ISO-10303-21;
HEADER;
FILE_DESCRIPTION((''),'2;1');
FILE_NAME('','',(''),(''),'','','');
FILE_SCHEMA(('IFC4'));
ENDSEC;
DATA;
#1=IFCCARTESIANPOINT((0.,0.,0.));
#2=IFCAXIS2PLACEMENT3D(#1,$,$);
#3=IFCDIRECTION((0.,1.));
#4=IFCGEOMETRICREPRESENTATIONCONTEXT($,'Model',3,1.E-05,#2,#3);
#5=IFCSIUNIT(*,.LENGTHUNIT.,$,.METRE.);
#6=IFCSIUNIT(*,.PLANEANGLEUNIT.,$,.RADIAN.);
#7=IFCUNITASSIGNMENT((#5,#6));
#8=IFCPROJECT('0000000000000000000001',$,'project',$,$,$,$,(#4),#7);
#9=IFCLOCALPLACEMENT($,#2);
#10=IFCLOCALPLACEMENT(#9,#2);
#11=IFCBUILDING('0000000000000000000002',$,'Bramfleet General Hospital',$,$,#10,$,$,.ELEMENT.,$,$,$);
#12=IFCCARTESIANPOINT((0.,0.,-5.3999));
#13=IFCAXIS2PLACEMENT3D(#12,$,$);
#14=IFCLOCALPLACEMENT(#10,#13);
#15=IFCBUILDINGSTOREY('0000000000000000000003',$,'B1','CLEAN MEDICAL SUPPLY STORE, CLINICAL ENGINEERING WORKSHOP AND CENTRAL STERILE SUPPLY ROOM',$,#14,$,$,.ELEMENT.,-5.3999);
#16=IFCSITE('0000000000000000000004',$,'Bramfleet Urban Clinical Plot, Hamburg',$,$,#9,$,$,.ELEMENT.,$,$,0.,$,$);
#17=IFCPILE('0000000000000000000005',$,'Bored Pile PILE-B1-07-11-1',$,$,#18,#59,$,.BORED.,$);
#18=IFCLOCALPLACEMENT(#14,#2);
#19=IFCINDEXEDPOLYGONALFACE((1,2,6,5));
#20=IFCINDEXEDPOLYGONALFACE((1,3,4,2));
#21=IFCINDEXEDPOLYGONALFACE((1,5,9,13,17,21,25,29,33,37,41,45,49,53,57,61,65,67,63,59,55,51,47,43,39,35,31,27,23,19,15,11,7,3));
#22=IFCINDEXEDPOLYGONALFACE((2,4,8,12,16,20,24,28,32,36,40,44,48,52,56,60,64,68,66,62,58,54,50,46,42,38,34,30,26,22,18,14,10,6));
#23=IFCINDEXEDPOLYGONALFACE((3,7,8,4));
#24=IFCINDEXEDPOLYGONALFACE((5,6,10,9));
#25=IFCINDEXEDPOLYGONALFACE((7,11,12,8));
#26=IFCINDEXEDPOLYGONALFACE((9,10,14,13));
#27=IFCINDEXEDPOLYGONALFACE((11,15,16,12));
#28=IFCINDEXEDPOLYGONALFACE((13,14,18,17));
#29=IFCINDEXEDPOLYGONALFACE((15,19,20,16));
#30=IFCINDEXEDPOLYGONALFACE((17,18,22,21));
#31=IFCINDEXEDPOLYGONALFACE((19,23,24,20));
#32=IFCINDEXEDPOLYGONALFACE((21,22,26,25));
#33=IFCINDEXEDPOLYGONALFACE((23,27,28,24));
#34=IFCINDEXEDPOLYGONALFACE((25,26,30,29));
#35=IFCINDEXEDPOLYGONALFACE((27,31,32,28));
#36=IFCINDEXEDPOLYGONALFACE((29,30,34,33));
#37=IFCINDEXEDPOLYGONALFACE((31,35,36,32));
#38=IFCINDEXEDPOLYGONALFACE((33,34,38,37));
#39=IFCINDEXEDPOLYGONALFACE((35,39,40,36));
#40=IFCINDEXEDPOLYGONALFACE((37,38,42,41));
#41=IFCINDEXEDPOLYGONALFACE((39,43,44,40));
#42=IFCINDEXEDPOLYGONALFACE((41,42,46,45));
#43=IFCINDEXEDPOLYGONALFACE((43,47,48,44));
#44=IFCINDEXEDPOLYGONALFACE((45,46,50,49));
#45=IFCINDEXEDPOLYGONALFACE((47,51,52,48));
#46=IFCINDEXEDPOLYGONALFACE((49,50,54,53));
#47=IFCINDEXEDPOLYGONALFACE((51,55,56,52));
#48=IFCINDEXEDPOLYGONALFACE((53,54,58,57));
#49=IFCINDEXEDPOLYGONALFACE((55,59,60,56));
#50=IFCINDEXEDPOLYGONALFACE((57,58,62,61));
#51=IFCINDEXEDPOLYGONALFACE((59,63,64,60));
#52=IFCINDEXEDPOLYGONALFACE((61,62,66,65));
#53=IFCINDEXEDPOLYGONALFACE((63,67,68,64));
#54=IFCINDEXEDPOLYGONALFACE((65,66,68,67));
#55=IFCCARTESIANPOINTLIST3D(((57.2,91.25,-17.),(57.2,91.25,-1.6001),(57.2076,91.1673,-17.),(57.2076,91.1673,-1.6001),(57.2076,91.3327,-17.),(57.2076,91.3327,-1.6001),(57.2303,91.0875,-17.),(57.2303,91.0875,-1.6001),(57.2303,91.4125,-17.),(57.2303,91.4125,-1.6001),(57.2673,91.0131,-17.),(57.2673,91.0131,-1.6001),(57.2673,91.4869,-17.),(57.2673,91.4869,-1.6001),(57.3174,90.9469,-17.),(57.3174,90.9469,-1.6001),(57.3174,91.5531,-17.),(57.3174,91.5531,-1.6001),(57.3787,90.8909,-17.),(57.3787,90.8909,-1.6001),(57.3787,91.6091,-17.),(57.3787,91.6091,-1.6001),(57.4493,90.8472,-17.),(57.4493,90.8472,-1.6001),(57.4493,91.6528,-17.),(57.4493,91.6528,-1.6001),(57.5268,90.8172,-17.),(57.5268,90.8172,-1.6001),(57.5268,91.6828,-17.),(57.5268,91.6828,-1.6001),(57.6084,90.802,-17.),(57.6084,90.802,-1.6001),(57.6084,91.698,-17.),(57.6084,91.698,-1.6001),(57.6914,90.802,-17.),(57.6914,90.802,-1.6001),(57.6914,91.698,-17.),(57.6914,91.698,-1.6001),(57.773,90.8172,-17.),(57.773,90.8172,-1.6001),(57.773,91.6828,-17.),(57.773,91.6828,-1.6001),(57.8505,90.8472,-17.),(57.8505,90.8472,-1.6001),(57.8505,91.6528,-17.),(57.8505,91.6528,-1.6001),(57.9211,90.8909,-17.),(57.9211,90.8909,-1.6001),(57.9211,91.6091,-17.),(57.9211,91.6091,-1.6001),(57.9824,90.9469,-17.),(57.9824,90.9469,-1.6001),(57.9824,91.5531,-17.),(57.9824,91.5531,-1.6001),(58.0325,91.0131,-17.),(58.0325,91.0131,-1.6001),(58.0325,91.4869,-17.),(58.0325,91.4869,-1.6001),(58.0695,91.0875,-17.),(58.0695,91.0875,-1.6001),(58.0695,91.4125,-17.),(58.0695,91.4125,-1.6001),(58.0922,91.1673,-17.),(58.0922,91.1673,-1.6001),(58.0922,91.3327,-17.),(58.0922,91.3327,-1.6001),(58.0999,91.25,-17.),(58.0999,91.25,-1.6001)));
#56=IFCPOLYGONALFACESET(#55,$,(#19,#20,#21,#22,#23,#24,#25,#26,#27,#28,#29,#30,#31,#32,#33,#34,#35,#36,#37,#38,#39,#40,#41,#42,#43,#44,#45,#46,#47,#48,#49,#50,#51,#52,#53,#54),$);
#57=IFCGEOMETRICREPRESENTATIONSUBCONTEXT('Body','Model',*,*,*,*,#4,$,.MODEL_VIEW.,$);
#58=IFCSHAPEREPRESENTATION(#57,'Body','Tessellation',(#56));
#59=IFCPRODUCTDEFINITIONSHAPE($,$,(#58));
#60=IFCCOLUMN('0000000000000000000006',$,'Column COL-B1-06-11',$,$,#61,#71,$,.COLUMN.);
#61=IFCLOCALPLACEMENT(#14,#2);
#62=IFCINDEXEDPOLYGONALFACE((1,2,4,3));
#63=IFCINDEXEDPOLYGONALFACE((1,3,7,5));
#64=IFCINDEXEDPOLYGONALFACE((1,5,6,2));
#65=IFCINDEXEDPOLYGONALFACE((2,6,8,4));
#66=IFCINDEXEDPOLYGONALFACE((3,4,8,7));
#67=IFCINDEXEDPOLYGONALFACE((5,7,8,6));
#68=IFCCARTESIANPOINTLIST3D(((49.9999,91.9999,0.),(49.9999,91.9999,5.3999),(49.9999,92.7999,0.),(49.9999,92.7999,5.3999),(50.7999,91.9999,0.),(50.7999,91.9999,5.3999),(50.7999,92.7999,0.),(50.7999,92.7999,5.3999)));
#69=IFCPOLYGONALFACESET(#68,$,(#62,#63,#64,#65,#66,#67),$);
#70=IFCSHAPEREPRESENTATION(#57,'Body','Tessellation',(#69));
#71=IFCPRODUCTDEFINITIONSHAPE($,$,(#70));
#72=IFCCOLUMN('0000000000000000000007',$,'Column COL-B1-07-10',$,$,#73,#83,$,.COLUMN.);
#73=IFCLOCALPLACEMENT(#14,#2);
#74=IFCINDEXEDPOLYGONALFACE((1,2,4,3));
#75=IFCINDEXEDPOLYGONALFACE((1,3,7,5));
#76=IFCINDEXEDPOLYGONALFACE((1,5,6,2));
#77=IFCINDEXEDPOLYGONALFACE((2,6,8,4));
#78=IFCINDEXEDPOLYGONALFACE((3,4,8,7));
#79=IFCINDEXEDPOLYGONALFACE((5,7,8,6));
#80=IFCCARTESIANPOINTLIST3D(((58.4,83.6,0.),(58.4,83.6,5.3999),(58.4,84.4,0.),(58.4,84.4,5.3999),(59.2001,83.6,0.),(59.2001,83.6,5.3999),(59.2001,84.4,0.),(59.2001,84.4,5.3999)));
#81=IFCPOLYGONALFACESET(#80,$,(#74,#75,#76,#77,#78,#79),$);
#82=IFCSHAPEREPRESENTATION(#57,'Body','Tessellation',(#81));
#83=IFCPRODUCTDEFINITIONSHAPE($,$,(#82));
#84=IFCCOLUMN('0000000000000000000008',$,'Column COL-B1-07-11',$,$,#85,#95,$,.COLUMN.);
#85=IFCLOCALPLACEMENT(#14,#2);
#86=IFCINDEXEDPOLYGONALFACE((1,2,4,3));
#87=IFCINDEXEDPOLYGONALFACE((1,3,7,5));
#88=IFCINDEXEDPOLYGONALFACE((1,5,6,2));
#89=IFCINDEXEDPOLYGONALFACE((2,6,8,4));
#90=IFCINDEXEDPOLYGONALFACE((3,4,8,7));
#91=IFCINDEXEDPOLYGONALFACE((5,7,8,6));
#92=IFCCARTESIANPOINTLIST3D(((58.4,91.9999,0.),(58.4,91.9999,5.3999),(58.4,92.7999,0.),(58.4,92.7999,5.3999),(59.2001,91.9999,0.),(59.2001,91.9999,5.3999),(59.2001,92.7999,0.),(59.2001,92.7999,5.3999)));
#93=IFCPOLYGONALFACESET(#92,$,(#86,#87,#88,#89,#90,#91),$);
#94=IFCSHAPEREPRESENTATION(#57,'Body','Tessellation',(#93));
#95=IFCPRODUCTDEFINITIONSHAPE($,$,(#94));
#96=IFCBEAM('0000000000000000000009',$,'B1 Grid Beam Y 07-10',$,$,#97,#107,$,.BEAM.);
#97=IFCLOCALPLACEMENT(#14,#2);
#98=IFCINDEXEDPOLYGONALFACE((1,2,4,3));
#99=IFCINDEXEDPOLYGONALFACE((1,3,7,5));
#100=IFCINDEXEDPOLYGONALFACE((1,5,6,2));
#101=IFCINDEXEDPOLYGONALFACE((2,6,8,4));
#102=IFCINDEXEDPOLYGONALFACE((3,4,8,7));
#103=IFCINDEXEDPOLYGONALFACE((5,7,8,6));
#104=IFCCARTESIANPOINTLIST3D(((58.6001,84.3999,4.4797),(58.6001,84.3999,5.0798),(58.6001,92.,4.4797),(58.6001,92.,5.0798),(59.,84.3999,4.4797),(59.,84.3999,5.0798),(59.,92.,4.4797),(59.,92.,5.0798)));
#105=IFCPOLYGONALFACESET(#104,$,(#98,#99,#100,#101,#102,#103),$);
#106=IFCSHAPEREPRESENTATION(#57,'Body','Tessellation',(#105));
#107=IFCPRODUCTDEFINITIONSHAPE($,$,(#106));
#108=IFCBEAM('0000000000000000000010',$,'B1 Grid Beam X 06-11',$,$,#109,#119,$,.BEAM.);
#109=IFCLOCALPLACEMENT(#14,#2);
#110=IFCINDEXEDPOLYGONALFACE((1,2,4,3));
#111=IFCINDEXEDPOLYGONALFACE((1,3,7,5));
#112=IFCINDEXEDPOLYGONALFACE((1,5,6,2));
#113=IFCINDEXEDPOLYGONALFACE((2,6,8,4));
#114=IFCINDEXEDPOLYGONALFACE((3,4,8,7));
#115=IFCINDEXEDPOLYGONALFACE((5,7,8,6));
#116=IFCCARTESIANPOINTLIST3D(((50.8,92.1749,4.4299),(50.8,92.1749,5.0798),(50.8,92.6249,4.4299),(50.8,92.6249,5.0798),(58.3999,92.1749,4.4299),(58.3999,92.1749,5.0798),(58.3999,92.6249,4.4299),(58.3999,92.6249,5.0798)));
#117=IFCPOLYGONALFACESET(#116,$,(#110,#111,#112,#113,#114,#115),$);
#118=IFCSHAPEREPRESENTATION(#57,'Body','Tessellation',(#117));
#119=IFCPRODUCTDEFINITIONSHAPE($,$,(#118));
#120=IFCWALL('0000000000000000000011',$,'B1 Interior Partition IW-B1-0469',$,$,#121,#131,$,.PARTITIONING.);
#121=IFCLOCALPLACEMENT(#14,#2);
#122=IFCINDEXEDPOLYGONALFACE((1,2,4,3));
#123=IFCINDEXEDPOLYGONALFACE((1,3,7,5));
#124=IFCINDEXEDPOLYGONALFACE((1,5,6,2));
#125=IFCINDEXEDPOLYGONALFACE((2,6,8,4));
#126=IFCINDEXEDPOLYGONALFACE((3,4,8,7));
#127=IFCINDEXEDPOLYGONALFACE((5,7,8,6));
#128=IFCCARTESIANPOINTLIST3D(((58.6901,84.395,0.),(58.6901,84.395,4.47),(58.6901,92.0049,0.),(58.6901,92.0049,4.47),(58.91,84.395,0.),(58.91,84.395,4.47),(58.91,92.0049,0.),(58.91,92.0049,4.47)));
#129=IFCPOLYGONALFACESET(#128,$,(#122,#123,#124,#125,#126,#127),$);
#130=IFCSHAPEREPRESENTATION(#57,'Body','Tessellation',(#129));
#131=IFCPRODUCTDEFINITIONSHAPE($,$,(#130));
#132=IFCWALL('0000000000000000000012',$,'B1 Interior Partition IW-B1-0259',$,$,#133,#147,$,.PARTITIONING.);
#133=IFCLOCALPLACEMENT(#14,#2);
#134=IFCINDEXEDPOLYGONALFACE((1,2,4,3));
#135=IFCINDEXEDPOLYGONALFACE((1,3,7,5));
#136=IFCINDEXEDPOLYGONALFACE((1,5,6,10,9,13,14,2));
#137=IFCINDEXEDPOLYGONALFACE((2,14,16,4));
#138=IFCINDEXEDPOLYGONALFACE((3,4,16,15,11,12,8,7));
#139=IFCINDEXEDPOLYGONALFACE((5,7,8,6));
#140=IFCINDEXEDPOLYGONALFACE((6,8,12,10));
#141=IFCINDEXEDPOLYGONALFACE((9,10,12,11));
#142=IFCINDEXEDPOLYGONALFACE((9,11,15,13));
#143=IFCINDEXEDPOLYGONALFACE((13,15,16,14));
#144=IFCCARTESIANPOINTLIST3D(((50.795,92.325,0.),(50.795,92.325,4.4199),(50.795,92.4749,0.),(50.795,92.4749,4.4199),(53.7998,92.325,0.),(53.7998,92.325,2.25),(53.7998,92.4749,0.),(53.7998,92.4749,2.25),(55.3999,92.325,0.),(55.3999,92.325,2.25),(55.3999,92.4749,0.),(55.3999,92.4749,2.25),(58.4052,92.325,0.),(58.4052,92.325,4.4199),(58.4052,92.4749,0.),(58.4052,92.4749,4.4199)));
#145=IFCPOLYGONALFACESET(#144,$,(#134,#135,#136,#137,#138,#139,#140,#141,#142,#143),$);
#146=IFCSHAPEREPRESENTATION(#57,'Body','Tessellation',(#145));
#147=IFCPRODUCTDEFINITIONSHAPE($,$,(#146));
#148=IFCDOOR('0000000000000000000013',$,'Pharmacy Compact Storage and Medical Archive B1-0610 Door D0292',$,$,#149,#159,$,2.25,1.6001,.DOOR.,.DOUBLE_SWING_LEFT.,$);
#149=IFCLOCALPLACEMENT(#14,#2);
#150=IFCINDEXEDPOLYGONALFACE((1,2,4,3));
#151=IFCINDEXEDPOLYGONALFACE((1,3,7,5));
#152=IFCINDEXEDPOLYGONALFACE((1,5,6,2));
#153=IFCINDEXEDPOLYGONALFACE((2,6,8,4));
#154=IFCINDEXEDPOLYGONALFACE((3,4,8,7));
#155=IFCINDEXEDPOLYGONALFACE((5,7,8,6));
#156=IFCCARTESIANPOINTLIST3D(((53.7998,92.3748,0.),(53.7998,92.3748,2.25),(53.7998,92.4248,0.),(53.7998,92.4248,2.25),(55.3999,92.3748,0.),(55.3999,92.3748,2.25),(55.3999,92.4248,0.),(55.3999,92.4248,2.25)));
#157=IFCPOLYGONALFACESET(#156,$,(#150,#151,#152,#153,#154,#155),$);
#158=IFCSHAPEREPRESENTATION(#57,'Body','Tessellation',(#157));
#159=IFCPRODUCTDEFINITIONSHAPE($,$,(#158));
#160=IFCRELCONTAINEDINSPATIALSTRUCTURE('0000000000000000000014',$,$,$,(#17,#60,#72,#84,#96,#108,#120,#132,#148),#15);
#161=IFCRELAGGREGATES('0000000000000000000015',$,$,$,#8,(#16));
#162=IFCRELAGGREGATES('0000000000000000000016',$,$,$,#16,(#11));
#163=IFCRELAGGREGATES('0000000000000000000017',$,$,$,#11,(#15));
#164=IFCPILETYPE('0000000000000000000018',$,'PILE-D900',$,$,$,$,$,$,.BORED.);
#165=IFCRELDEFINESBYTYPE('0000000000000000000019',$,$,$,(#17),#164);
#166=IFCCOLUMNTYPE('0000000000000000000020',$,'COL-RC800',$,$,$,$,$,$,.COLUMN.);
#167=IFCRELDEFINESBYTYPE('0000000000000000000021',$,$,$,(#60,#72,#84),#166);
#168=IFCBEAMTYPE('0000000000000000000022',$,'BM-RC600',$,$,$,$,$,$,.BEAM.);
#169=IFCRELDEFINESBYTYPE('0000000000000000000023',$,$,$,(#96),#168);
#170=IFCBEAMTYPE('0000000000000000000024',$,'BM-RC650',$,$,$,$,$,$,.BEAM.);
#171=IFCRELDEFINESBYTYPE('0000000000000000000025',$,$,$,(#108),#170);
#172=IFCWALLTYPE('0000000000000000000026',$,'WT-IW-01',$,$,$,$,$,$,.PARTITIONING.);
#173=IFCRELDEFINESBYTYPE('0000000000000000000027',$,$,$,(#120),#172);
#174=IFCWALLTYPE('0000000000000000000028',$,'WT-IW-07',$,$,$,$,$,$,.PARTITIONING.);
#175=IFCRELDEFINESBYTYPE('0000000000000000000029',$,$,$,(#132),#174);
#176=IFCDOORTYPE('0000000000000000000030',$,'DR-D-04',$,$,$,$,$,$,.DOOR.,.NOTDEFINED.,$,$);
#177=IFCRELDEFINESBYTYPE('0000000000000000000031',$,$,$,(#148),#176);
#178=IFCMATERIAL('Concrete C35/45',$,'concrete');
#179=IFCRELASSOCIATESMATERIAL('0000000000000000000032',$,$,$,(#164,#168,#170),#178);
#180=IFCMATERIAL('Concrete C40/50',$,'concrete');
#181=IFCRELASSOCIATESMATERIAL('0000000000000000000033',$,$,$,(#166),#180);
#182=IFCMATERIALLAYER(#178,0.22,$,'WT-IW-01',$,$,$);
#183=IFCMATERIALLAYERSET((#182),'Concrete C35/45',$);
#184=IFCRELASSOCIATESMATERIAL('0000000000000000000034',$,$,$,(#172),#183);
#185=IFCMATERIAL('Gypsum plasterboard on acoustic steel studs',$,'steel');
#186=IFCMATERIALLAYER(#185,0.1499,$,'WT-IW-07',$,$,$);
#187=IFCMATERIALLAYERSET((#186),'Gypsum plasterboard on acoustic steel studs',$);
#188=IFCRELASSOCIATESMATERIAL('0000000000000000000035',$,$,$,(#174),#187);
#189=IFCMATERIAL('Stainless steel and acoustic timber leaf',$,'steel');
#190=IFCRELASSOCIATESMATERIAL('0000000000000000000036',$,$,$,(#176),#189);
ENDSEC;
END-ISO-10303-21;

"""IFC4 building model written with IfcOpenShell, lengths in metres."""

from ifc_helpers import new_model, si_unit, direction, frame, frame_2d, origin, origin_2d, place, context, subcontext, project, spatial, rectangle, circle, extrude, material, layer, layer_set, material_profile, profile_set, type_object, element, fill, save


model = new_model("IFC4")

# Units and contexts
model_context = context("Model", 3, precision=1e-05, world=origin(), true_north=direction((0.0, 1.0)))
body_context = subcontext(model_context, "Body", "Model", "MODEL_VIEW")
ifc_project = project(units=[si_unit("LENGTHUNIT", "METRE"), si_unit("PLANEANGLEUNIT", "RADIAN")], contexts=[model_context])

# Site, building, storey
site_placement = place(None, origin())
site = spatial("IfcSite", under=ifc_project, at=site_placement, Name="Bramfleet Urban Clinical Plot, Hamburg", CompositionType="ELEMENT", RefElevation=0.0)
building_placement = place(site_placement, origin())
building = spatial("IfcBuilding", under=site, at=building_placement, Name="Bramfleet General Hospital", CompositionType="ELEMENT")
storey_placement = place(building_placement, frame((0.0, 0.0, -5.3999)))
storey = spatial("IfcBuildingStorey", under=building, at=storey_placement, Name="B1", Description="CLEAN MEDICAL SUPPLY STORE, CLINICAL ENGINEERING WORKSHOP AND CENTRAL STERILE SUPPLY ROOM", CompositionType="ELEMENT", Elevation=-5.3999)

# Shared definitions
ifc_material_1 = material(Name="Concrete C35/45", Category="concrete")

# Pile
ifc_material_profile_1 = material_profile(ifc_material_1, circle(Radius=0.45, at=origin_2d()), Name="PILE BORED D900")
ifc_profile_set_1 = profile_set([ifc_material_profile_1], Name="Concrete C35/45")
pile_type = type_object("IfcPileType", Name="PILE-D900", PredefinedType="BORED", material=ifc_profile_set_1)
for number, where, z_axis, x_axis, name in (
    (1, (57.6499, 91.25, -1.6001), (0.0, 0.0, -1.0), (1.0, 0.0, 0.0), "Bored Pile PILE-B1-07-11-1"),
):
    element("IfcPile", number, at=place(storey_placement, frame(where, z_axis=z_axis, x_axis=x_axis)), inside=storey, type_object=pile_type, Name=name, PredefinedType="BORED", context=body_context, shape_type="SweptSolid", body=[
        extrude(circle(Radius=0.45, at=origin_2d()), origin(), (0.0, 0.0, 1.0), 15.3999),
    ])

# Columns
ifc_material_2 = material(Name="Concrete C40/50", Category="concrete")
ifc_material_profile_2 = material_profile(ifc_material_2, rectangle(XDim=0.8, YDim=0.8, at=origin_2d()), Name="RC COL 800x800")
ifc_profile_set_2 = profile_set([ifc_material_profile_2], Name="Concrete C40/50")
column_type = type_object("IfcColumnType", Name="COL-RC800", PredefinedType="COLUMN", material=ifc_profile_set_2)
for number, where, z_axis, x_axis, name in (
    (2, (50.3999, 92.3999, 0.0), (0.0, 0.0, 1.0), (1.0, 0.0, 0.0), "Column COL-B1-06-11"),
    (3, (58.8, 84.0, 0.0), (0.0, 0.0, 1.0), (1.0, 0.0, 0.0), "Column COL-B1-07-10"),
    (4, (58.8, 92.3999, 0.0), (0.0, 0.0, 1.0), (1.0, 0.0, 0.0), "Column COL-B1-07-11"),
):
    element("IfcColumn", number, at=place(storey_placement, frame(where, z_axis=z_axis, x_axis=x_axis)), inside=storey, type_object=column_type, Name=name, PredefinedType="COLUMN", context=body_context, shape_type="SweptSolid", body=[
        extrude(rectangle(XDim=0.8, YDim=0.8, at=origin_2d()), origin(), (0.0, 0.0, 1.0), 5.3999),
    ])

# Beams
ifc_material_profile_3 = material_profile(ifc_material_1, rectangle(XDim=0.3999, YDim=0.6001, at=origin_2d()), Name="RC BM 600x400")
ifc_profile_set_3 = profile_set([ifc_material_profile_3], Name="Concrete C35/45")
beam_type_1 = type_object("IfcBeamType", Name="BM-RC600", PredefinedType="BEAM", material=ifc_profile_set_3)
beam_1_placement = place(storey_placement, frame((58.8, 84.3999, 4.7798), z_axis=(0.0, 1.0, 0.0), x_axis=(-1.0, 0.0, 0.0)))
element("IfcBeam", 5, at=beam_1_placement, inside=storey, type_object=beam_type_1, Name="B1 Grid Beam Y 07-10", PredefinedType="BEAM", context=body_context, shape_type="SweptSolid", body=[
    extrude(rectangle(XDim=0.3999, YDim=0.6001, at=origin_2d()), origin(), (0.0, 0.0, 1.0), 7.6001),
])
ifc_material_profile_4 = material_profile(ifc_material_1, rectangle(XDim=0.45, YDim=0.6499, at=origin_2d()), Name="RC BM 650x450")
ifc_profile_set_4 = profile_set([ifc_material_profile_4], Name="Concrete C35/45")
beam_type_2 = type_object("IfcBeamType", Name="BM-RC650", PredefinedType="BEAM", material=ifc_profile_set_4)
beam_2_placement = place(storey_placement, frame((50.8, 92.3999, 4.7549), z_axis=(1.0, 0.0, 0.0), x_axis=(0.0, 1.0, 0.0)))
element("IfcBeam", 6, at=beam_2_placement, inside=storey, type_object=beam_type_2, Name="B1 Grid Beam X 06-11", PredefinedType="BEAM", context=body_context, shape_type="SweptSolid", body=[
    extrude(rectangle(XDim=0.45, YDim=0.6499, at=origin_2d()), origin(), (0.0, 0.0, 1.0), 7.5999),
])

# Wall
ifc_layer_1 = layer(ifc_material_1, 0.22, Name="WT-IW-01")
ifc_layer_set_1 = layer_set([ifc_layer_1], Name="Concrete C35/45")
wall_type_1 = type_object("IfcWallType", Name="WT-IW-01", PredefinedType="PARTITIONING", material=ifc_layer_set_1)
wall_1_placement = place(storey_placement, frame((58.8, 84.395, 0.0), z_axis=(0.0, 0.0, 1.0), x_axis=(0.0, 1.0, 0.0)))
element("IfcWall", 7, at=wall_1_placement, inside=storey, type_object=wall_type_1, Name="B1 Interior Partition IW-B1-0469", PredefinedType="PARTITIONING", context=body_context, shape_type="SweptSolid", body=[
    extrude(rectangle(XDim=7.6099, YDim=0.22, at=frame_2d((3.8049, 0.0))), origin(), (0.0, 0.0, 1.0), 4.47),
])

# Wall, opening, door
ifc_material_3 = material(Name="Gypsum plasterboard on acoustic steel studs", Category="steel")
ifc_layer_2 = layer(ifc_material_3, 0.1499, Name="WT-IW-07")
ifc_layer_set_2 = layer_set([ifc_layer_2], Name="Gypsum plasterboard on acoustic steel studs")
wall_type_2 = type_object("IfcWallType", Name="WT-IW-07", PredefinedType="PARTITIONING", material=ifc_layer_set_2)
wall_2_placement = place(storey_placement, frame((50.7949, 92.3999, 0.0), z_axis=(0.0, 0.0, 1.0), x_axis=(1.0, 0.0, 0.0)))
wall_2 = element("IfcWall", 8, at=wall_2_placement, inside=storey, type_object=wall_type_2, Name="B1 Interior Partition IW-B1-0259", PredefinedType="PARTITIONING", context=body_context, shape_type="SweptSolid", body=[
    extrude(rectangle(XDim=7.6101, YDim=0.1499, at=frame_2d((3.8052, 0.0))), origin(), (0.0, 0.0, 1.0), 4.4199),
])
opening_placement = place(wall_2_placement, frame((3.0049, 0.0, 0.0)))
opening = element("IfcOpeningElement", 9, at=opening_placement, cuts=wall_2, PredefinedType="OPENING", context=body_context, shape_type="SweptSolid", body=[
    extrude(rectangle(XDim=1.6001, YDim=2.25, at=frame_2d((0.8, 1.125))), frame((0.0, 0.085, 0.0), z_axis=(0.0, -1.0, 0.0), x_axis=(1.0, 0.0, 0.0)), (0.0, 0.0, 1.0), 0.1699),
])
ifc_material_4 = material(Name="Stainless steel and acoustic timber leaf", Category="steel")
door_type = type_object("IfcDoorType", Name="DR-D-04", OperationType="NOTDEFINED", PredefinedType="DOOR", material=ifc_material_4)
door_placement = place(opening_placement, origin())
door = element("IfcDoor", 10, at=door_placement, inside=storey, type_object=door_type, Name="Pharmacy Compact Storage and Medical Archive B1-0610 Door D0292", OperationType="DOUBLE_SWING_LEFT", OverallHeight=2.25, OverallWidth=1.6001, PredefinedType="DOOR", context=body_context, shape_type="SweptSolid", body=[
    extrude(rectangle(XDim=1.6001, YDim=2.25, at=frame_2d((0.8, 1.125))), frame((0.0, 0.0249, 0.0), z_axis=(0.0, -1.0, 0.0), x_axis=(1.0, 0.0, 0.0)), (0.0, 0.0, 1.0), 0.05),
])
fill(opening, door)

save(model, "model.ifc")
